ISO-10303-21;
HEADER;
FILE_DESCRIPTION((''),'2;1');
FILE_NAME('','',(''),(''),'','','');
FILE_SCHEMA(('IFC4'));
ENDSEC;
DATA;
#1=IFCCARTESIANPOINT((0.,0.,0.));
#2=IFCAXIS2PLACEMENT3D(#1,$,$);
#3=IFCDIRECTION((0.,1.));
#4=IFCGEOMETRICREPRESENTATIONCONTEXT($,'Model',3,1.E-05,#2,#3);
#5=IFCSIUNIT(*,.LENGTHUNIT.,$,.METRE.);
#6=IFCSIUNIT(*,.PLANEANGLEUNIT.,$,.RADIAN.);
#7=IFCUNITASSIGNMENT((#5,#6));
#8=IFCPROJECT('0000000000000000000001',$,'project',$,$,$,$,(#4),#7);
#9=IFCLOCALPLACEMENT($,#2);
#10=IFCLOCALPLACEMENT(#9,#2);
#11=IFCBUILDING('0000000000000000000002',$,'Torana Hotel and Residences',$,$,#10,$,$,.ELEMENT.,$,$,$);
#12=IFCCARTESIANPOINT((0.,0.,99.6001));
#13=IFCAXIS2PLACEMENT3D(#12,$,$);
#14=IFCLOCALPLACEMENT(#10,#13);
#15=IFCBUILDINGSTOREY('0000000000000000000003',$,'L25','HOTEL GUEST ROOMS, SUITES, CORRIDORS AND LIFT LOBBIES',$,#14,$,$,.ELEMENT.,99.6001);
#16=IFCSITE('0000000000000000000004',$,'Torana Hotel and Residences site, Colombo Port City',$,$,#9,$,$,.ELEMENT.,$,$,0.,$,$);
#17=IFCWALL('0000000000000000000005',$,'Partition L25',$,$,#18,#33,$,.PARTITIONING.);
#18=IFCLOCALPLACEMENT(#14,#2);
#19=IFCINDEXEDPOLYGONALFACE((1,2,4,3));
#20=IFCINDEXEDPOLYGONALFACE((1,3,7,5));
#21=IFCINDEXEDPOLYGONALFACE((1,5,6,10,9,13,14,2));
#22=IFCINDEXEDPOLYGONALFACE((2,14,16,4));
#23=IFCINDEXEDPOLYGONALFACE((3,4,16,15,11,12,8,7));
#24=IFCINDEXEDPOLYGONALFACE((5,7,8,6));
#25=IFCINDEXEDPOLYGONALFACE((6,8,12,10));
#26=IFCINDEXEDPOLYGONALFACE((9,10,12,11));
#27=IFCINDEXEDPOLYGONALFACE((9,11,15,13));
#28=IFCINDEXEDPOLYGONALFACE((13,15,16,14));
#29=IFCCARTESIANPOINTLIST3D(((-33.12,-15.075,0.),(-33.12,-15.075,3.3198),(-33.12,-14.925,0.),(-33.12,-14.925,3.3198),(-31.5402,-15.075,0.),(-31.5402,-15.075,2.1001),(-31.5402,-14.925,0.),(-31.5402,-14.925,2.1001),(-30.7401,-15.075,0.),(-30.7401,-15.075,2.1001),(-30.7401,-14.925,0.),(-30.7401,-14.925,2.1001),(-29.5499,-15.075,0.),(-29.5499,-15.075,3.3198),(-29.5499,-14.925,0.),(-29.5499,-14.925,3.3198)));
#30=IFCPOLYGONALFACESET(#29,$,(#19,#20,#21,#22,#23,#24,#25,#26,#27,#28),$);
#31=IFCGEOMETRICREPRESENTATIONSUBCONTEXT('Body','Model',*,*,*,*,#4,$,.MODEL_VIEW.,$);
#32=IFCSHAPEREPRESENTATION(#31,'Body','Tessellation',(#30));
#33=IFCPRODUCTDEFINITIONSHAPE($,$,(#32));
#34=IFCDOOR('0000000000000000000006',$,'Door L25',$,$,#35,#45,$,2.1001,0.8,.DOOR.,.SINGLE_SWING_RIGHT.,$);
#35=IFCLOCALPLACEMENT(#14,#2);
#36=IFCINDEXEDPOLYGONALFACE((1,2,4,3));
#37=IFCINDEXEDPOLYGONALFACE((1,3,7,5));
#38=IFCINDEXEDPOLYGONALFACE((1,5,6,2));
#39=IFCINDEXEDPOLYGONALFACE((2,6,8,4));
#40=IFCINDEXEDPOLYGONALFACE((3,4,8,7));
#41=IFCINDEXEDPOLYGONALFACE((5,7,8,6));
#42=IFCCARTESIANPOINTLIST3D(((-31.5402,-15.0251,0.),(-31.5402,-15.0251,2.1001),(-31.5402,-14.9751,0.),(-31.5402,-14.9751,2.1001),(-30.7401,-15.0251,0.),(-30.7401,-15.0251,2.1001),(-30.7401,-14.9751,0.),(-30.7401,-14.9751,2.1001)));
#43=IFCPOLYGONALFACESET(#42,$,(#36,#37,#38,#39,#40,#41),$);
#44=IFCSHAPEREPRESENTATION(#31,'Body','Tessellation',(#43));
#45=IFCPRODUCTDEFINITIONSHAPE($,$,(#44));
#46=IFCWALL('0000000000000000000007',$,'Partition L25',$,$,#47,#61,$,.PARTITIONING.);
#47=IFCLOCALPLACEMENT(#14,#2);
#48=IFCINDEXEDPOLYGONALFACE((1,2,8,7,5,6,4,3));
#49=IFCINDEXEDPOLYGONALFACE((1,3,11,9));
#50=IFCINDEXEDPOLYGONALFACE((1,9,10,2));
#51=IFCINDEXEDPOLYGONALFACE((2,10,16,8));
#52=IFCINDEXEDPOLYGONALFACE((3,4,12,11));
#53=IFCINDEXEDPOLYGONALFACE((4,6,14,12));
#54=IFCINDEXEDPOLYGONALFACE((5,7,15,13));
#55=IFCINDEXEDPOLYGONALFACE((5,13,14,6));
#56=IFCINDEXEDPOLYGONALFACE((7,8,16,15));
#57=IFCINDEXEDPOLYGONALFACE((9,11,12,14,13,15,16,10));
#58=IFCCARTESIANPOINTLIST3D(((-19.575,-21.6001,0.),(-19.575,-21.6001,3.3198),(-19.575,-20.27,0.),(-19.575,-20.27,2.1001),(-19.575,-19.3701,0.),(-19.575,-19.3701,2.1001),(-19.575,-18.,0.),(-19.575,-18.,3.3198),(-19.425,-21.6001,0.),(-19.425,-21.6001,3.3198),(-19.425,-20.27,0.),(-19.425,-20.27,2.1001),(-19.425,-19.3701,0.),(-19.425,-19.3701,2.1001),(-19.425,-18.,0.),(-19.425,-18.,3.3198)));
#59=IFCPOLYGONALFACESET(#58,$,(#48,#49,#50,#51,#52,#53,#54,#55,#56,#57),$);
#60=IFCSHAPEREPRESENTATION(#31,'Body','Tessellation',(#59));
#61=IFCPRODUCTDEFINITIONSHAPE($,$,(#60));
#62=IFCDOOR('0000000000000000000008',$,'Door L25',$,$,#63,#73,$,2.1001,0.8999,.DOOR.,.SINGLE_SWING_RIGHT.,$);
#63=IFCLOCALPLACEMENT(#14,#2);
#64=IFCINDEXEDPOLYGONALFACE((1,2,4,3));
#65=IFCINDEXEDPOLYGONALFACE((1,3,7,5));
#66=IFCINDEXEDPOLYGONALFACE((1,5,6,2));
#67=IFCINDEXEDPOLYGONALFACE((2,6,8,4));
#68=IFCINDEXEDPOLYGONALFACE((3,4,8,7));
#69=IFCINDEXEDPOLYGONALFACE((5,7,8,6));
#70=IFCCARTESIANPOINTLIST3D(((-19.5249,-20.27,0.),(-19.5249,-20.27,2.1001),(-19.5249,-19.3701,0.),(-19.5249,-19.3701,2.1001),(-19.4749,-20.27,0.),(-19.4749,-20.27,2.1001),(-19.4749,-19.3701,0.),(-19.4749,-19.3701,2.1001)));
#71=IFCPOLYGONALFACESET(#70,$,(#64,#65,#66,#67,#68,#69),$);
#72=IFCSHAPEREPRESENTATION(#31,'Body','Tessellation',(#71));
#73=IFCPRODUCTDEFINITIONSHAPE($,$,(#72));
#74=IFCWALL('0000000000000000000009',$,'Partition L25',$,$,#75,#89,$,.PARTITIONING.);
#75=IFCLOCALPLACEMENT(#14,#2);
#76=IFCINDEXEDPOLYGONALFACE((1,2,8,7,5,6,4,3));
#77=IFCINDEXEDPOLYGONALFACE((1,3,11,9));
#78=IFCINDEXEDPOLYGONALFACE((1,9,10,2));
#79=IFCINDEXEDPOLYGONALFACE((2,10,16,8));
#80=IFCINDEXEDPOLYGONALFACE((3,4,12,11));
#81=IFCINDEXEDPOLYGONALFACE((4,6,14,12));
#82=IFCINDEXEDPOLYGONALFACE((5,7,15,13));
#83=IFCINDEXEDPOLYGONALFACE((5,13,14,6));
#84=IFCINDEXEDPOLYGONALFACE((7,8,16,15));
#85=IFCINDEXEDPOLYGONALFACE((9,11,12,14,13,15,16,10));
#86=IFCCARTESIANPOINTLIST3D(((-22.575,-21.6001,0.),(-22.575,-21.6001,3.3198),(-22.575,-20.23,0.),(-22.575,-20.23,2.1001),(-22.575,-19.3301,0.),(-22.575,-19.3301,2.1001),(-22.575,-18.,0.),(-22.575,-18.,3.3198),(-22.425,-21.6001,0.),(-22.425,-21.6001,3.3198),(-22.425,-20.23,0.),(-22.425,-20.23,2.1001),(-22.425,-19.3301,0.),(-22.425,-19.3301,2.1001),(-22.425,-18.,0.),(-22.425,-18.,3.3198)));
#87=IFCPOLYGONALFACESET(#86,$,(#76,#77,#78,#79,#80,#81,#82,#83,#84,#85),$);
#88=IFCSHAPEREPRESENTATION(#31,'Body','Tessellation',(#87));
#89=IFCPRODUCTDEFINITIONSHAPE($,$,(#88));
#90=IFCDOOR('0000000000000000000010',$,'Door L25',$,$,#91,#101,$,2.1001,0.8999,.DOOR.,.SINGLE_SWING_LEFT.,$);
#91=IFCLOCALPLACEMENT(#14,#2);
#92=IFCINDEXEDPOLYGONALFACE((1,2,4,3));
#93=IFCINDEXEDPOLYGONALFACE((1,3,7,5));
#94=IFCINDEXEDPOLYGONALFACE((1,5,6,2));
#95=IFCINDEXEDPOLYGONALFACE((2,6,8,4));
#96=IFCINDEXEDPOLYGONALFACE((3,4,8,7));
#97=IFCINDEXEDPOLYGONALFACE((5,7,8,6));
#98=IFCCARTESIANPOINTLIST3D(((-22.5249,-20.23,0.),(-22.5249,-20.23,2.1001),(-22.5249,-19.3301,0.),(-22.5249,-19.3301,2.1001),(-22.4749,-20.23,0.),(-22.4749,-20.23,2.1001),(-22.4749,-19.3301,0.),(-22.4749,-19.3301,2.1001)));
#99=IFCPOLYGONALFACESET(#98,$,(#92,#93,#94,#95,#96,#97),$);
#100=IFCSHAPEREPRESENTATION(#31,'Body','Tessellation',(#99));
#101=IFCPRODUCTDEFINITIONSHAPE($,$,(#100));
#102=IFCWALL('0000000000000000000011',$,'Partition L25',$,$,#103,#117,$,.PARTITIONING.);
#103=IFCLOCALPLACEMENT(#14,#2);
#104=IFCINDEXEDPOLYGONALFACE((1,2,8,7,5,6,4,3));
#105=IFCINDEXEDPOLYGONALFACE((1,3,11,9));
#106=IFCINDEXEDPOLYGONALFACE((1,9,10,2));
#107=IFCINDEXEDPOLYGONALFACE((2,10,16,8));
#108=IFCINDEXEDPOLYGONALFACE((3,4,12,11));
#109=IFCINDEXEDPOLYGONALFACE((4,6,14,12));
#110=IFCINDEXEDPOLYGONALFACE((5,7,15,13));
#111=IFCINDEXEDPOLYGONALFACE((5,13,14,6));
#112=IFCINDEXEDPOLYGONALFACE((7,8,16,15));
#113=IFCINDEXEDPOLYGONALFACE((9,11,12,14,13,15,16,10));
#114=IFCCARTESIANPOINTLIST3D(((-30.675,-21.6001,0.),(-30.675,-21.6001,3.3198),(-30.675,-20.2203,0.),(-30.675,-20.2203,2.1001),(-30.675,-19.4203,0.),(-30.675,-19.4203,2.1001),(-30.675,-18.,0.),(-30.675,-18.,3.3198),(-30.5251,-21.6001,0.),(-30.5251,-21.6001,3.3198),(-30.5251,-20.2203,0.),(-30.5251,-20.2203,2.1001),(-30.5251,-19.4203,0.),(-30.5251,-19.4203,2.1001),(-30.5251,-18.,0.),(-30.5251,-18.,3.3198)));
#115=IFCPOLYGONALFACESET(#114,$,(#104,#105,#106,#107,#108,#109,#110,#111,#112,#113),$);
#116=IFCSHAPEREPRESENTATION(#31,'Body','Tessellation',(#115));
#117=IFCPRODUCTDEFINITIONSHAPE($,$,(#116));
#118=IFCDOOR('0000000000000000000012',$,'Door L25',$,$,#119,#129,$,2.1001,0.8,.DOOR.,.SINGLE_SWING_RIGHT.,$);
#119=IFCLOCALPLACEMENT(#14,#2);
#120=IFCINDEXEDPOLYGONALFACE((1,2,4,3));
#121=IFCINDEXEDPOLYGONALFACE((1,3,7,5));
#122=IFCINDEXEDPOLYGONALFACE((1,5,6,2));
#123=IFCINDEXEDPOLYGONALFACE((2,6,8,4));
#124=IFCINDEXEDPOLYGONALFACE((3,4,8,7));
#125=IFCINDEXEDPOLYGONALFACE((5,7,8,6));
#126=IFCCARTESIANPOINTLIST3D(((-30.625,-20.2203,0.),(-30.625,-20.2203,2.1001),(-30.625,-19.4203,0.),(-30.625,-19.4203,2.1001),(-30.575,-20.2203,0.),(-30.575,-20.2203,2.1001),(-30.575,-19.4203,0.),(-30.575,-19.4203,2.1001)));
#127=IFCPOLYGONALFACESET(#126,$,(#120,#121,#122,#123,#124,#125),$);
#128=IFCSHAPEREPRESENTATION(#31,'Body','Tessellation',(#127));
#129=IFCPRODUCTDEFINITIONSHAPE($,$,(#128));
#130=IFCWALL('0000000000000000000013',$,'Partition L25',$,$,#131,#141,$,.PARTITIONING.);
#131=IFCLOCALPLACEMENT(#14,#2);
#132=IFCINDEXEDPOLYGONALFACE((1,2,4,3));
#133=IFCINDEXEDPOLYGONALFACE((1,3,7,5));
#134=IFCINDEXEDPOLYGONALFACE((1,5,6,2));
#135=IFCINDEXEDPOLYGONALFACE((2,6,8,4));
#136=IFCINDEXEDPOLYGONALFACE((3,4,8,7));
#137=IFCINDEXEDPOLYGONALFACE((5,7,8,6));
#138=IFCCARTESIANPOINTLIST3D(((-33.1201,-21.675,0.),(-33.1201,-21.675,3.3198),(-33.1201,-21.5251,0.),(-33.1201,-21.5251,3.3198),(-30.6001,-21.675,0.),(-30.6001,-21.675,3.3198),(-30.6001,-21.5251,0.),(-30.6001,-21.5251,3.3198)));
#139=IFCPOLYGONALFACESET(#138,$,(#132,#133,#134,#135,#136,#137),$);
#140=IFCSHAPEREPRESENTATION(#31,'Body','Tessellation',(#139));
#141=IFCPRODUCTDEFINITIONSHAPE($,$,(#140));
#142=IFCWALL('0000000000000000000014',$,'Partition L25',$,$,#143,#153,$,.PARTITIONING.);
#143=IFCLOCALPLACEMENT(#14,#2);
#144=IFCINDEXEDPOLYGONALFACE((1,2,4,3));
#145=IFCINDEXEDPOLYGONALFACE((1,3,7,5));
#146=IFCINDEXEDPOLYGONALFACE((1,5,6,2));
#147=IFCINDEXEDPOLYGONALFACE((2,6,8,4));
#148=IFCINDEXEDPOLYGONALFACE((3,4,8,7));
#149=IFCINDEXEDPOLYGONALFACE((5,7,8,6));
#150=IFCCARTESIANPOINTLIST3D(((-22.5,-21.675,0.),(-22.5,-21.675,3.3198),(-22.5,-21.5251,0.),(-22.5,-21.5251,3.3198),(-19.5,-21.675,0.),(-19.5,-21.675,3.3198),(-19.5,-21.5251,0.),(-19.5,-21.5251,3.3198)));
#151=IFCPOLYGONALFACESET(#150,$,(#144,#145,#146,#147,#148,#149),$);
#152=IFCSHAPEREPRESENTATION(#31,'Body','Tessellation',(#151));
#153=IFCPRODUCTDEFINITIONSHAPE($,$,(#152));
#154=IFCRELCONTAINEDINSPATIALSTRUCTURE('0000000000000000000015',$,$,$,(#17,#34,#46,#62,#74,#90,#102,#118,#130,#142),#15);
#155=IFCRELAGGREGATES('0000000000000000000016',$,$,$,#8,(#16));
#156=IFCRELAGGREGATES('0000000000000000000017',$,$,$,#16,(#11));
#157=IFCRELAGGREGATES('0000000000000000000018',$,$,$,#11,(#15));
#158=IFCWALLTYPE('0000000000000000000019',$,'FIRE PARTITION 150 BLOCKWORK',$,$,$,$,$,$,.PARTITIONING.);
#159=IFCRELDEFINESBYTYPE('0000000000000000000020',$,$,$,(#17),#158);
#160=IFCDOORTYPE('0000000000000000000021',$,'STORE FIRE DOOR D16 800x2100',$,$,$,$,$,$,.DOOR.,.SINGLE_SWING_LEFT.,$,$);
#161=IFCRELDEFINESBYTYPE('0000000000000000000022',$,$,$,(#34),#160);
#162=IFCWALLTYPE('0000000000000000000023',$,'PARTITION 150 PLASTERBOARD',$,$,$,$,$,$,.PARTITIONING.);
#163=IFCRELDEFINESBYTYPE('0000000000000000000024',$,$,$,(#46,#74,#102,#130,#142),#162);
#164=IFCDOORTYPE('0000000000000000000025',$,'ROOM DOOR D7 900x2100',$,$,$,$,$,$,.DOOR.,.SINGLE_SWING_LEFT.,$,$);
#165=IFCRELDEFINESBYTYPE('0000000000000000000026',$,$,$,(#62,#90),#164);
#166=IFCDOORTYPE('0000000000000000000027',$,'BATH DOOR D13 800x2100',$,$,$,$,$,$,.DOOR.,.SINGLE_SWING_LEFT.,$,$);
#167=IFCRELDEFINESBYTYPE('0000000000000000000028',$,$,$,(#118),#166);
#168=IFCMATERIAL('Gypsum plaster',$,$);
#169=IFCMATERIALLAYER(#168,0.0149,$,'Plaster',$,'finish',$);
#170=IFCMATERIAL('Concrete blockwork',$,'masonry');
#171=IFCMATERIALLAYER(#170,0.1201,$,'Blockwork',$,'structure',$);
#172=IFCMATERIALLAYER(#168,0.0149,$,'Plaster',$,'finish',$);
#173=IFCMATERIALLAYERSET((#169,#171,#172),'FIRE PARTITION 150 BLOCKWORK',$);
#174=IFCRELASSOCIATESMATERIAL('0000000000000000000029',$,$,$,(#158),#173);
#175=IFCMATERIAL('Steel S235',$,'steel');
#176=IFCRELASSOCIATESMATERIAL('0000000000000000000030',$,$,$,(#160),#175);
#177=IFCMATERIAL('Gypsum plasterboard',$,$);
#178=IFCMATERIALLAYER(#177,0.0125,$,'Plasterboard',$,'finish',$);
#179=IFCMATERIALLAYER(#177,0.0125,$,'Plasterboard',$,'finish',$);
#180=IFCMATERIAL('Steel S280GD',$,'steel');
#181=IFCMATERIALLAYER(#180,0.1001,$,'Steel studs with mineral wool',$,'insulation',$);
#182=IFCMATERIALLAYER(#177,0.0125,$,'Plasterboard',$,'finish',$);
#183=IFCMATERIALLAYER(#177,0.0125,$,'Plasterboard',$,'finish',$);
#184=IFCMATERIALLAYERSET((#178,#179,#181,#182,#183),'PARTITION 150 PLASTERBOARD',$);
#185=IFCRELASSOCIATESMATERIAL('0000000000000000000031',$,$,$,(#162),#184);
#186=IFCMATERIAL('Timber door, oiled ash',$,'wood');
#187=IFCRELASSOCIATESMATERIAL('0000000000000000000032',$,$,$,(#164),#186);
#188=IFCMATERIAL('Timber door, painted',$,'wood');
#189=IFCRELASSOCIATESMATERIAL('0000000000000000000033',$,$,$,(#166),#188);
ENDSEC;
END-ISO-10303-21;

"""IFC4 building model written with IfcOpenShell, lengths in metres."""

from ifc_helpers import new_model, si_unit, direction, frame, frame_2d, origin, place, context, subcontext, project, spatial, rectangle, extrude, material, layer, layer_set, type_object, element, fill, save


model = new_model("IFC4")

# Units and contexts
model_context = context("Model", 3, precision=1e-05, world=origin(), true_north=direction((0.0, 1.0)))
body_context = subcontext(model_context, "Body", "Model", "MODEL_VIEW")
ifc_project = project(units=[si_unit("LENGTHUNIT", "METRE"), si_unit("PLANEANGLEUNIT", "RADIAN")], contexts=[model_context])

# Site, building, storey
site_placement = place(None, origin())
site = spatial("IfcSite", under=ifc_project, at=site_placement, Name="Torana Hotel and Residences site, Colombo Port City", CompositionType="ELEMENT", RefElevation=0.0)
building_placement = place(site_placement, origin())
building = spatial("IfcBuilding", under=site, at=building_placement, Name="Torana Hotel and Residences", CompositionType="ELEMENT")
storey_placement = place(building_placement, frame((0.0, 0.0, 99.6001)))
storey = spatial("IfcBuildingStorey", under=building, at=storey_placement, Name="L25", Description="HOTEL GUEST ROOMS, SUITES, CORRIDORS AND LIFT LOBBIES", CompositionType="ELEMENT", Elevation=99.6001)

# Shared definitions
ifc_material_1 = material(Name="Gypsum plaster")
ifc_layer_1 = layer(ifc_material_1, 0.0149, Name="Plaster", Category="finish")
ifc_material_2 = material(Name="Concrete blockwork", Category="masonry")
ifc_layer_2 = layer(ifc_material_2, 0.1201, Name="Blockwork", Category="structure")
ifc_layer_3 = layer(ifc_material_1, 0.0149, Name="Plaster", Category="finish")
ifc_layer_set_1 = layer_set([ifc_layer_1, ifc_layer_2, ifc_layer_3], Name="FIRE PARTITION 150 BLOCKWORK")
wall_type_1 = type_object("IfcWallType", Name="FIRE PARTITION 150 BLOCKWORK", PredefinedType="PARTITIONING", material=ifc_layer_set_1)

# Walls, openings, doors
wall_1_placement = place(storey_placement, frame((-33.1201, -15.0, 0.0), z_axis=(0.0, 0.0, 1.0), x_axis=(1.0, 0.0, 0.0)))
wall_1 = element("IfcWall", 1, at=wall_1_placement, inside=storey, type_object=wall_type_1, Name="Partition L25", PredefinedType="PARTITIONING", context=body_context, shape_type="SweptSolid", body=[
    extrude(rectangle(XDim=3.5701, YDim=0.1499, at=frame_2d((1.7852, 0.0))), origin(), (0.0, 0.0, 1.0), 3.3198),
])
opening_1_placement = place(wall_1_placement, frame((1.5801, 0.0, 0.0)))
opening_1 = element("IfcOpeningElement", 2, at=opening_1_placement, cuts=wall_1, PredefinedType="OPENING", context=body_context, shape_type="SweptSolid", body=[
    extrude(rectangle(XDim=0.8, YDim=2.1001, at=frame_2d((0.3999, 1.05))), frame((0.0, 0.085, 0.0), z_axis=(0.0, -1.0, 0.0), x_axis=(1.0, 0.0, 0.0)), (0.0, 0.0, 1.0), 0.1699),
])
ifc_material_3 = material(Name="Steel S235", Category="steel")
door_type_1 = type_object("IfcDoorType", Name="STORE FIRE DOOR D16 800x2100", OperationType="SINGLE_SWING_LEFT", PredefinedType="DOOR", material=ifc_material_3)
door_1_placement = place(opening_1_placement, origin())
door_1 = element("IfcDoor", 3, at=door_1_placement, inside=storey, type_object=door_type_1, Name="Door L25", OperationType="SINGLE_SWING_RIGHT", OverallHeight=2.1001, OverallWidth=0.8, PredefinedType="DOOR", context=body_context, shape_type="SweptSolid", body=[
    extrude(rectangle(XDim=0.8, YDim=2.1001, at=frame_2d((0.3999, 1.05))), frame((0.0, 0.0249, 0.0), z_axis=(0.0, -1.0, 0.0), x_axis=(1.0, 0.0, 0.0)), (0.0, 0.0, 1.0), 0.05),
])
fill(opening_1, door_1)
ifc_material_4 = material(Name="Gypsum plasterboard")
ifc_layer_4 = layer(ifc_material_4, 0.0125, Name="Plasterboard", Category="finish")
ifc_layer_5 = layer(ifc_material_4, 0.0125, Name="Plasterboard", Category="finish")
ifc_material_5 = material(Name="Steel S280GD", Category="steel")
ifc_layer_6 = layer(ifc_material_5, 0.1001, Name="Steel studs with mineral wool", Category="insulation")
ifc_layer_7 = layer(ifc_material_4, 0.0125, Name="Plasterboard", Category="finish")
ifc_layer_8 = layer(ifc_material_4, 0.0125, Name="Plasterboard", Category="finish")
ifc_layer_set_2 = layer_set([ifc_layer_4, ifc_layer_5, ifc_layer_6, ifc_layer_7, ifc_layer_8], Name="PARTITION 150 PLASTERBOARD")
wall_type_2 = type_object("IfcWallType", Name="PARTITION 150 PLASTERBOARD", PredefinedType="PARTITIONING", material=ifc_layer_set_2)
wall_2_placement = place(storey_placement, frame((-19.5, -21.6001, 0.0), z_axis=(0.0, 0.0, 1.0), x_axis=(0.0, 1.0, 0.0)))
wall_2 = element("IfcWall", 4, at=wall_2_placement, inside=storey, type_object=wall_type_2, Name="Partition L25", PredefinedType="PARTITIONING", context=body_context, shape_type="SweptSolid", body=[
    extrude(rectangle(XDim=3.6001, YDim=0.1499, at=frame_2d((1.8, 0.0))), origin(), (0.0, 0.0, 1.0), 3.3198),
])
opening_2_placement = place(wall_2_placement, frame((1.3301, 0.0, 0.0)))
opening_2 = element("IfcOpeningElement", 5, at=opening_2_placement, cuts=wall_2, PredefinedType="OPENING", context=body_context, shape_type="SweptSolid", body=[
    extrude(rectangle(XDim=0.8999, YDim=2.1001, at=frame_2d((0.45, 1.05))), frame((0.0, 0.085, 0.0), z_axis=(0.0, -1.0, 0.0), x_axis=(1.0, 0.0, 0.0)), (0.0, 0.0, 1.0), 0.1699),
])
ifc_material_6 = material(Name="Timber door, oiled ash", Category="wood")
door_type_2 = type_object("IfcDoorType", Name="ROOM DOOR D7 900x2100", OperationType="SINGLE_SWING_LEFT", PredefinedType="DOOR", material=ifc_material_6)
door_2_placement = place(opening_2_placement, origin())
door_2 = element("IfcDoor", 6, at=door_2_placement, inside=storey, type_object=door_type_2, Name="Door L25", OperationType="SINGLE_SWING_RIGHT", OverallHeight=2.1001, OverallWidth=0.8999, PredefinedType="DOOR", context=body_context, shape_type="SweptSolid", body=[
    extrude(rectangle(XDim=0.8999, YDim=2.1001, at=frame_2d((0.45, 1.05))), frame((0.0, 0.0249, 0.0), z_axis=(0.0, -1.0, 0.0), x_axis=(1.0, 0.0, 0.0)), (0.0, 0.0, 1.0), 0.05),
])
fill(opening_2, door_2)
wall_3_placement = place(storey_placement, frame((-22.5, -21.6001, 0.0), z_axis=(0.0, 0.0, 1.0), x_axis=(0.0, 1.0, 0.0)))
wall_3 = element("IfcWall", 7, at=wall_3_placement, inside=storey, type_object=wall_type_2, Name="Partition L25", PredefinedType="PARTITIONING", context=body_context, shape_type="SweptSolid", body=[
    extrude(rectangle(XDim=3.6001, YDim=0.1499, at=frame_2d((1.8, 0.0))), origin(), (0.0, 0.0, 1.0), 3.3198),
])
opening_3_placement = place(wall_3_placement, frame((1.3701, 0.0, 0.0)))
opening_3 = element("IfcOpeningElement", 8, at=opening_3_placement, cuts=wall_3, PredefinedType="OPENING", context=body_context, shape_type="SweptSolid", body=[
    extrude(rectangle(XDim=0.8999, YDim=2.1001, at=frame_2d((0.45, 1.05))), frame((0.0, 0.085, 0.0), z_axis=(0.0, -1.0, 0.0), x_axis=(1.0, 0.0, 0.0)), (0.0, 0.0, 1.0), 0.1699),
])
door_3_placement = place(opening_3_placement, origin())
door_3 = element("IfcDoor", 9, at=door_3_placement, inside=storey, type_object=door_type_2, Name="Door L25", OperationType="SINGLE_SWING_LEFT", OverallHeight=2.1001, OverallWidth=0.8999, PredefinedType="DOOR", context=body_context, shape_type="SweptSolid", body=[
    extrude(rectangle(XDim=0.8999, YDim=2.1001, at=frame_2d((0.45, 1.05))), frame((0.0, 0.0249, 0.0), z_axis=(0.0, -1.0, 0.0), x_axis=(1.0, 0.0, 0.0)), (0.0, 0.0, 1.0), 0.05),
])
fill(opening_3, door_3)
wall_4_placement = place(storey_placement, frame((-30.6001, -21.6001, 0.0), z_axis=(0.0, 0.0, 1.0), x_axis=(0.0, 1.0, 0.0)))
wall_4 = element("IfcWall", 10, at=wall_4_placement, inside=storey, type_object=wall_type_2, Name="Partition L25", PredefinedType="PARTITIONING", context=body_context, shape_type="SweptSolid", body=[
    extrude(rectangle(XDim=3.6001, YDim=0.1499, at=frame_2d((1.8, 0.0))), origin(), (0.0, 0.0, 1.0), 3.3198),
])
opening_4_placement = place(wall_4_placement, frame((1.3799, 0.0, 0.0)))
opening_4 = element("IfcOpeningElement", 11, at=opening_4_placement, cuts=wall_4, PredefinedType="OPENING", context=body_context, shape_type="SweptSolid", body=[
    extrude(rectangle(XDim=0.8, YDim=2.1001, at=frame_2d((0.3999, 1.05))), frame((0.0, 0.085, 0.0), z_axis=(0.0, -1.0, 0.0), x_axis=(1.0, 0.0, 0.0)), (0.0, 0.0, 1.0), 0.1699),
])
ifc_material_7 = material(Name="Timber door, painted", Category="wood")
door_type_3 = type_object("IfcDoorType", Name="BATH DOOR D13 800x2100", OperationType="SINGLE_SWING_LEFT", PredefinedType="DOOR", material=ifc_material_7)
door_4_placement = place(opening_4_placement, origin())
door_4 = element("IfcDoor", 12, at=door_4_placement, inside=storey, type_object=door_type_3, Name="Door L25", OperationType="SINGLE_SWING_RIGHT", OverallHeight=2.1001, OverallWidth=0.8, PredefinedType="DOOR", context=body_context, shape_type="SweptSolid", body=[
    extrude(rectangle(XDim=0.8, YDim=2.1001, at=frame_2d((0.3999, 1.05))), frame((0.0, 0.0249, 0.0), z_axis=(0.0, -1.0, 0.0), x_axis=(1.0, 0.0, 0.0)), (0.0, 0.0, 1.0), 0.05),
])
fill(opening_4, door_4)

# Walls
wall_5_placement = place(storey_placement, frame((-33.1201, -21.6001, 0.0), z_axis=(0.0, 0.0, 1.0), x_axis=(1.0, 0.0, 0.0)))
element("IfcWall", 13, at=wall_5_placement, inside=storey, type_object=wall_type_2, Name="Partition L25", PredefinedType="PARTITIONING", context=body_context, shape_type="SweptSolid", body=[
    extrude(rectangle(XDim=2.52, YDim=0.1499, at=frame_2d((1.26, 0.0))), origin(), (0.0, 0.0, 1.0), 3.3198),
])
wall_6_placement = place(storey_placement, frame((-22.5, -21.6001, 0.0), z_axis=(0.0, 0.0, 1.0), x_axis=(1.0, 0.0, 0.0)))
element("IfcWall", 14, at=wall_6_placement, inside=storey, type_object=wall_type_2, Name="Partition L25", PredefinedType="PARTITIONING", context=body_context, shape_type="SweptSolid", body=[
    extrude(rectangle(XDim=3.0, YDim=0.1499, at=frame_2d((1.5, 0.0))), origin(), (0.0, 0.0, 1.0), 3.3198),
])

save(model, "model.ifc")
